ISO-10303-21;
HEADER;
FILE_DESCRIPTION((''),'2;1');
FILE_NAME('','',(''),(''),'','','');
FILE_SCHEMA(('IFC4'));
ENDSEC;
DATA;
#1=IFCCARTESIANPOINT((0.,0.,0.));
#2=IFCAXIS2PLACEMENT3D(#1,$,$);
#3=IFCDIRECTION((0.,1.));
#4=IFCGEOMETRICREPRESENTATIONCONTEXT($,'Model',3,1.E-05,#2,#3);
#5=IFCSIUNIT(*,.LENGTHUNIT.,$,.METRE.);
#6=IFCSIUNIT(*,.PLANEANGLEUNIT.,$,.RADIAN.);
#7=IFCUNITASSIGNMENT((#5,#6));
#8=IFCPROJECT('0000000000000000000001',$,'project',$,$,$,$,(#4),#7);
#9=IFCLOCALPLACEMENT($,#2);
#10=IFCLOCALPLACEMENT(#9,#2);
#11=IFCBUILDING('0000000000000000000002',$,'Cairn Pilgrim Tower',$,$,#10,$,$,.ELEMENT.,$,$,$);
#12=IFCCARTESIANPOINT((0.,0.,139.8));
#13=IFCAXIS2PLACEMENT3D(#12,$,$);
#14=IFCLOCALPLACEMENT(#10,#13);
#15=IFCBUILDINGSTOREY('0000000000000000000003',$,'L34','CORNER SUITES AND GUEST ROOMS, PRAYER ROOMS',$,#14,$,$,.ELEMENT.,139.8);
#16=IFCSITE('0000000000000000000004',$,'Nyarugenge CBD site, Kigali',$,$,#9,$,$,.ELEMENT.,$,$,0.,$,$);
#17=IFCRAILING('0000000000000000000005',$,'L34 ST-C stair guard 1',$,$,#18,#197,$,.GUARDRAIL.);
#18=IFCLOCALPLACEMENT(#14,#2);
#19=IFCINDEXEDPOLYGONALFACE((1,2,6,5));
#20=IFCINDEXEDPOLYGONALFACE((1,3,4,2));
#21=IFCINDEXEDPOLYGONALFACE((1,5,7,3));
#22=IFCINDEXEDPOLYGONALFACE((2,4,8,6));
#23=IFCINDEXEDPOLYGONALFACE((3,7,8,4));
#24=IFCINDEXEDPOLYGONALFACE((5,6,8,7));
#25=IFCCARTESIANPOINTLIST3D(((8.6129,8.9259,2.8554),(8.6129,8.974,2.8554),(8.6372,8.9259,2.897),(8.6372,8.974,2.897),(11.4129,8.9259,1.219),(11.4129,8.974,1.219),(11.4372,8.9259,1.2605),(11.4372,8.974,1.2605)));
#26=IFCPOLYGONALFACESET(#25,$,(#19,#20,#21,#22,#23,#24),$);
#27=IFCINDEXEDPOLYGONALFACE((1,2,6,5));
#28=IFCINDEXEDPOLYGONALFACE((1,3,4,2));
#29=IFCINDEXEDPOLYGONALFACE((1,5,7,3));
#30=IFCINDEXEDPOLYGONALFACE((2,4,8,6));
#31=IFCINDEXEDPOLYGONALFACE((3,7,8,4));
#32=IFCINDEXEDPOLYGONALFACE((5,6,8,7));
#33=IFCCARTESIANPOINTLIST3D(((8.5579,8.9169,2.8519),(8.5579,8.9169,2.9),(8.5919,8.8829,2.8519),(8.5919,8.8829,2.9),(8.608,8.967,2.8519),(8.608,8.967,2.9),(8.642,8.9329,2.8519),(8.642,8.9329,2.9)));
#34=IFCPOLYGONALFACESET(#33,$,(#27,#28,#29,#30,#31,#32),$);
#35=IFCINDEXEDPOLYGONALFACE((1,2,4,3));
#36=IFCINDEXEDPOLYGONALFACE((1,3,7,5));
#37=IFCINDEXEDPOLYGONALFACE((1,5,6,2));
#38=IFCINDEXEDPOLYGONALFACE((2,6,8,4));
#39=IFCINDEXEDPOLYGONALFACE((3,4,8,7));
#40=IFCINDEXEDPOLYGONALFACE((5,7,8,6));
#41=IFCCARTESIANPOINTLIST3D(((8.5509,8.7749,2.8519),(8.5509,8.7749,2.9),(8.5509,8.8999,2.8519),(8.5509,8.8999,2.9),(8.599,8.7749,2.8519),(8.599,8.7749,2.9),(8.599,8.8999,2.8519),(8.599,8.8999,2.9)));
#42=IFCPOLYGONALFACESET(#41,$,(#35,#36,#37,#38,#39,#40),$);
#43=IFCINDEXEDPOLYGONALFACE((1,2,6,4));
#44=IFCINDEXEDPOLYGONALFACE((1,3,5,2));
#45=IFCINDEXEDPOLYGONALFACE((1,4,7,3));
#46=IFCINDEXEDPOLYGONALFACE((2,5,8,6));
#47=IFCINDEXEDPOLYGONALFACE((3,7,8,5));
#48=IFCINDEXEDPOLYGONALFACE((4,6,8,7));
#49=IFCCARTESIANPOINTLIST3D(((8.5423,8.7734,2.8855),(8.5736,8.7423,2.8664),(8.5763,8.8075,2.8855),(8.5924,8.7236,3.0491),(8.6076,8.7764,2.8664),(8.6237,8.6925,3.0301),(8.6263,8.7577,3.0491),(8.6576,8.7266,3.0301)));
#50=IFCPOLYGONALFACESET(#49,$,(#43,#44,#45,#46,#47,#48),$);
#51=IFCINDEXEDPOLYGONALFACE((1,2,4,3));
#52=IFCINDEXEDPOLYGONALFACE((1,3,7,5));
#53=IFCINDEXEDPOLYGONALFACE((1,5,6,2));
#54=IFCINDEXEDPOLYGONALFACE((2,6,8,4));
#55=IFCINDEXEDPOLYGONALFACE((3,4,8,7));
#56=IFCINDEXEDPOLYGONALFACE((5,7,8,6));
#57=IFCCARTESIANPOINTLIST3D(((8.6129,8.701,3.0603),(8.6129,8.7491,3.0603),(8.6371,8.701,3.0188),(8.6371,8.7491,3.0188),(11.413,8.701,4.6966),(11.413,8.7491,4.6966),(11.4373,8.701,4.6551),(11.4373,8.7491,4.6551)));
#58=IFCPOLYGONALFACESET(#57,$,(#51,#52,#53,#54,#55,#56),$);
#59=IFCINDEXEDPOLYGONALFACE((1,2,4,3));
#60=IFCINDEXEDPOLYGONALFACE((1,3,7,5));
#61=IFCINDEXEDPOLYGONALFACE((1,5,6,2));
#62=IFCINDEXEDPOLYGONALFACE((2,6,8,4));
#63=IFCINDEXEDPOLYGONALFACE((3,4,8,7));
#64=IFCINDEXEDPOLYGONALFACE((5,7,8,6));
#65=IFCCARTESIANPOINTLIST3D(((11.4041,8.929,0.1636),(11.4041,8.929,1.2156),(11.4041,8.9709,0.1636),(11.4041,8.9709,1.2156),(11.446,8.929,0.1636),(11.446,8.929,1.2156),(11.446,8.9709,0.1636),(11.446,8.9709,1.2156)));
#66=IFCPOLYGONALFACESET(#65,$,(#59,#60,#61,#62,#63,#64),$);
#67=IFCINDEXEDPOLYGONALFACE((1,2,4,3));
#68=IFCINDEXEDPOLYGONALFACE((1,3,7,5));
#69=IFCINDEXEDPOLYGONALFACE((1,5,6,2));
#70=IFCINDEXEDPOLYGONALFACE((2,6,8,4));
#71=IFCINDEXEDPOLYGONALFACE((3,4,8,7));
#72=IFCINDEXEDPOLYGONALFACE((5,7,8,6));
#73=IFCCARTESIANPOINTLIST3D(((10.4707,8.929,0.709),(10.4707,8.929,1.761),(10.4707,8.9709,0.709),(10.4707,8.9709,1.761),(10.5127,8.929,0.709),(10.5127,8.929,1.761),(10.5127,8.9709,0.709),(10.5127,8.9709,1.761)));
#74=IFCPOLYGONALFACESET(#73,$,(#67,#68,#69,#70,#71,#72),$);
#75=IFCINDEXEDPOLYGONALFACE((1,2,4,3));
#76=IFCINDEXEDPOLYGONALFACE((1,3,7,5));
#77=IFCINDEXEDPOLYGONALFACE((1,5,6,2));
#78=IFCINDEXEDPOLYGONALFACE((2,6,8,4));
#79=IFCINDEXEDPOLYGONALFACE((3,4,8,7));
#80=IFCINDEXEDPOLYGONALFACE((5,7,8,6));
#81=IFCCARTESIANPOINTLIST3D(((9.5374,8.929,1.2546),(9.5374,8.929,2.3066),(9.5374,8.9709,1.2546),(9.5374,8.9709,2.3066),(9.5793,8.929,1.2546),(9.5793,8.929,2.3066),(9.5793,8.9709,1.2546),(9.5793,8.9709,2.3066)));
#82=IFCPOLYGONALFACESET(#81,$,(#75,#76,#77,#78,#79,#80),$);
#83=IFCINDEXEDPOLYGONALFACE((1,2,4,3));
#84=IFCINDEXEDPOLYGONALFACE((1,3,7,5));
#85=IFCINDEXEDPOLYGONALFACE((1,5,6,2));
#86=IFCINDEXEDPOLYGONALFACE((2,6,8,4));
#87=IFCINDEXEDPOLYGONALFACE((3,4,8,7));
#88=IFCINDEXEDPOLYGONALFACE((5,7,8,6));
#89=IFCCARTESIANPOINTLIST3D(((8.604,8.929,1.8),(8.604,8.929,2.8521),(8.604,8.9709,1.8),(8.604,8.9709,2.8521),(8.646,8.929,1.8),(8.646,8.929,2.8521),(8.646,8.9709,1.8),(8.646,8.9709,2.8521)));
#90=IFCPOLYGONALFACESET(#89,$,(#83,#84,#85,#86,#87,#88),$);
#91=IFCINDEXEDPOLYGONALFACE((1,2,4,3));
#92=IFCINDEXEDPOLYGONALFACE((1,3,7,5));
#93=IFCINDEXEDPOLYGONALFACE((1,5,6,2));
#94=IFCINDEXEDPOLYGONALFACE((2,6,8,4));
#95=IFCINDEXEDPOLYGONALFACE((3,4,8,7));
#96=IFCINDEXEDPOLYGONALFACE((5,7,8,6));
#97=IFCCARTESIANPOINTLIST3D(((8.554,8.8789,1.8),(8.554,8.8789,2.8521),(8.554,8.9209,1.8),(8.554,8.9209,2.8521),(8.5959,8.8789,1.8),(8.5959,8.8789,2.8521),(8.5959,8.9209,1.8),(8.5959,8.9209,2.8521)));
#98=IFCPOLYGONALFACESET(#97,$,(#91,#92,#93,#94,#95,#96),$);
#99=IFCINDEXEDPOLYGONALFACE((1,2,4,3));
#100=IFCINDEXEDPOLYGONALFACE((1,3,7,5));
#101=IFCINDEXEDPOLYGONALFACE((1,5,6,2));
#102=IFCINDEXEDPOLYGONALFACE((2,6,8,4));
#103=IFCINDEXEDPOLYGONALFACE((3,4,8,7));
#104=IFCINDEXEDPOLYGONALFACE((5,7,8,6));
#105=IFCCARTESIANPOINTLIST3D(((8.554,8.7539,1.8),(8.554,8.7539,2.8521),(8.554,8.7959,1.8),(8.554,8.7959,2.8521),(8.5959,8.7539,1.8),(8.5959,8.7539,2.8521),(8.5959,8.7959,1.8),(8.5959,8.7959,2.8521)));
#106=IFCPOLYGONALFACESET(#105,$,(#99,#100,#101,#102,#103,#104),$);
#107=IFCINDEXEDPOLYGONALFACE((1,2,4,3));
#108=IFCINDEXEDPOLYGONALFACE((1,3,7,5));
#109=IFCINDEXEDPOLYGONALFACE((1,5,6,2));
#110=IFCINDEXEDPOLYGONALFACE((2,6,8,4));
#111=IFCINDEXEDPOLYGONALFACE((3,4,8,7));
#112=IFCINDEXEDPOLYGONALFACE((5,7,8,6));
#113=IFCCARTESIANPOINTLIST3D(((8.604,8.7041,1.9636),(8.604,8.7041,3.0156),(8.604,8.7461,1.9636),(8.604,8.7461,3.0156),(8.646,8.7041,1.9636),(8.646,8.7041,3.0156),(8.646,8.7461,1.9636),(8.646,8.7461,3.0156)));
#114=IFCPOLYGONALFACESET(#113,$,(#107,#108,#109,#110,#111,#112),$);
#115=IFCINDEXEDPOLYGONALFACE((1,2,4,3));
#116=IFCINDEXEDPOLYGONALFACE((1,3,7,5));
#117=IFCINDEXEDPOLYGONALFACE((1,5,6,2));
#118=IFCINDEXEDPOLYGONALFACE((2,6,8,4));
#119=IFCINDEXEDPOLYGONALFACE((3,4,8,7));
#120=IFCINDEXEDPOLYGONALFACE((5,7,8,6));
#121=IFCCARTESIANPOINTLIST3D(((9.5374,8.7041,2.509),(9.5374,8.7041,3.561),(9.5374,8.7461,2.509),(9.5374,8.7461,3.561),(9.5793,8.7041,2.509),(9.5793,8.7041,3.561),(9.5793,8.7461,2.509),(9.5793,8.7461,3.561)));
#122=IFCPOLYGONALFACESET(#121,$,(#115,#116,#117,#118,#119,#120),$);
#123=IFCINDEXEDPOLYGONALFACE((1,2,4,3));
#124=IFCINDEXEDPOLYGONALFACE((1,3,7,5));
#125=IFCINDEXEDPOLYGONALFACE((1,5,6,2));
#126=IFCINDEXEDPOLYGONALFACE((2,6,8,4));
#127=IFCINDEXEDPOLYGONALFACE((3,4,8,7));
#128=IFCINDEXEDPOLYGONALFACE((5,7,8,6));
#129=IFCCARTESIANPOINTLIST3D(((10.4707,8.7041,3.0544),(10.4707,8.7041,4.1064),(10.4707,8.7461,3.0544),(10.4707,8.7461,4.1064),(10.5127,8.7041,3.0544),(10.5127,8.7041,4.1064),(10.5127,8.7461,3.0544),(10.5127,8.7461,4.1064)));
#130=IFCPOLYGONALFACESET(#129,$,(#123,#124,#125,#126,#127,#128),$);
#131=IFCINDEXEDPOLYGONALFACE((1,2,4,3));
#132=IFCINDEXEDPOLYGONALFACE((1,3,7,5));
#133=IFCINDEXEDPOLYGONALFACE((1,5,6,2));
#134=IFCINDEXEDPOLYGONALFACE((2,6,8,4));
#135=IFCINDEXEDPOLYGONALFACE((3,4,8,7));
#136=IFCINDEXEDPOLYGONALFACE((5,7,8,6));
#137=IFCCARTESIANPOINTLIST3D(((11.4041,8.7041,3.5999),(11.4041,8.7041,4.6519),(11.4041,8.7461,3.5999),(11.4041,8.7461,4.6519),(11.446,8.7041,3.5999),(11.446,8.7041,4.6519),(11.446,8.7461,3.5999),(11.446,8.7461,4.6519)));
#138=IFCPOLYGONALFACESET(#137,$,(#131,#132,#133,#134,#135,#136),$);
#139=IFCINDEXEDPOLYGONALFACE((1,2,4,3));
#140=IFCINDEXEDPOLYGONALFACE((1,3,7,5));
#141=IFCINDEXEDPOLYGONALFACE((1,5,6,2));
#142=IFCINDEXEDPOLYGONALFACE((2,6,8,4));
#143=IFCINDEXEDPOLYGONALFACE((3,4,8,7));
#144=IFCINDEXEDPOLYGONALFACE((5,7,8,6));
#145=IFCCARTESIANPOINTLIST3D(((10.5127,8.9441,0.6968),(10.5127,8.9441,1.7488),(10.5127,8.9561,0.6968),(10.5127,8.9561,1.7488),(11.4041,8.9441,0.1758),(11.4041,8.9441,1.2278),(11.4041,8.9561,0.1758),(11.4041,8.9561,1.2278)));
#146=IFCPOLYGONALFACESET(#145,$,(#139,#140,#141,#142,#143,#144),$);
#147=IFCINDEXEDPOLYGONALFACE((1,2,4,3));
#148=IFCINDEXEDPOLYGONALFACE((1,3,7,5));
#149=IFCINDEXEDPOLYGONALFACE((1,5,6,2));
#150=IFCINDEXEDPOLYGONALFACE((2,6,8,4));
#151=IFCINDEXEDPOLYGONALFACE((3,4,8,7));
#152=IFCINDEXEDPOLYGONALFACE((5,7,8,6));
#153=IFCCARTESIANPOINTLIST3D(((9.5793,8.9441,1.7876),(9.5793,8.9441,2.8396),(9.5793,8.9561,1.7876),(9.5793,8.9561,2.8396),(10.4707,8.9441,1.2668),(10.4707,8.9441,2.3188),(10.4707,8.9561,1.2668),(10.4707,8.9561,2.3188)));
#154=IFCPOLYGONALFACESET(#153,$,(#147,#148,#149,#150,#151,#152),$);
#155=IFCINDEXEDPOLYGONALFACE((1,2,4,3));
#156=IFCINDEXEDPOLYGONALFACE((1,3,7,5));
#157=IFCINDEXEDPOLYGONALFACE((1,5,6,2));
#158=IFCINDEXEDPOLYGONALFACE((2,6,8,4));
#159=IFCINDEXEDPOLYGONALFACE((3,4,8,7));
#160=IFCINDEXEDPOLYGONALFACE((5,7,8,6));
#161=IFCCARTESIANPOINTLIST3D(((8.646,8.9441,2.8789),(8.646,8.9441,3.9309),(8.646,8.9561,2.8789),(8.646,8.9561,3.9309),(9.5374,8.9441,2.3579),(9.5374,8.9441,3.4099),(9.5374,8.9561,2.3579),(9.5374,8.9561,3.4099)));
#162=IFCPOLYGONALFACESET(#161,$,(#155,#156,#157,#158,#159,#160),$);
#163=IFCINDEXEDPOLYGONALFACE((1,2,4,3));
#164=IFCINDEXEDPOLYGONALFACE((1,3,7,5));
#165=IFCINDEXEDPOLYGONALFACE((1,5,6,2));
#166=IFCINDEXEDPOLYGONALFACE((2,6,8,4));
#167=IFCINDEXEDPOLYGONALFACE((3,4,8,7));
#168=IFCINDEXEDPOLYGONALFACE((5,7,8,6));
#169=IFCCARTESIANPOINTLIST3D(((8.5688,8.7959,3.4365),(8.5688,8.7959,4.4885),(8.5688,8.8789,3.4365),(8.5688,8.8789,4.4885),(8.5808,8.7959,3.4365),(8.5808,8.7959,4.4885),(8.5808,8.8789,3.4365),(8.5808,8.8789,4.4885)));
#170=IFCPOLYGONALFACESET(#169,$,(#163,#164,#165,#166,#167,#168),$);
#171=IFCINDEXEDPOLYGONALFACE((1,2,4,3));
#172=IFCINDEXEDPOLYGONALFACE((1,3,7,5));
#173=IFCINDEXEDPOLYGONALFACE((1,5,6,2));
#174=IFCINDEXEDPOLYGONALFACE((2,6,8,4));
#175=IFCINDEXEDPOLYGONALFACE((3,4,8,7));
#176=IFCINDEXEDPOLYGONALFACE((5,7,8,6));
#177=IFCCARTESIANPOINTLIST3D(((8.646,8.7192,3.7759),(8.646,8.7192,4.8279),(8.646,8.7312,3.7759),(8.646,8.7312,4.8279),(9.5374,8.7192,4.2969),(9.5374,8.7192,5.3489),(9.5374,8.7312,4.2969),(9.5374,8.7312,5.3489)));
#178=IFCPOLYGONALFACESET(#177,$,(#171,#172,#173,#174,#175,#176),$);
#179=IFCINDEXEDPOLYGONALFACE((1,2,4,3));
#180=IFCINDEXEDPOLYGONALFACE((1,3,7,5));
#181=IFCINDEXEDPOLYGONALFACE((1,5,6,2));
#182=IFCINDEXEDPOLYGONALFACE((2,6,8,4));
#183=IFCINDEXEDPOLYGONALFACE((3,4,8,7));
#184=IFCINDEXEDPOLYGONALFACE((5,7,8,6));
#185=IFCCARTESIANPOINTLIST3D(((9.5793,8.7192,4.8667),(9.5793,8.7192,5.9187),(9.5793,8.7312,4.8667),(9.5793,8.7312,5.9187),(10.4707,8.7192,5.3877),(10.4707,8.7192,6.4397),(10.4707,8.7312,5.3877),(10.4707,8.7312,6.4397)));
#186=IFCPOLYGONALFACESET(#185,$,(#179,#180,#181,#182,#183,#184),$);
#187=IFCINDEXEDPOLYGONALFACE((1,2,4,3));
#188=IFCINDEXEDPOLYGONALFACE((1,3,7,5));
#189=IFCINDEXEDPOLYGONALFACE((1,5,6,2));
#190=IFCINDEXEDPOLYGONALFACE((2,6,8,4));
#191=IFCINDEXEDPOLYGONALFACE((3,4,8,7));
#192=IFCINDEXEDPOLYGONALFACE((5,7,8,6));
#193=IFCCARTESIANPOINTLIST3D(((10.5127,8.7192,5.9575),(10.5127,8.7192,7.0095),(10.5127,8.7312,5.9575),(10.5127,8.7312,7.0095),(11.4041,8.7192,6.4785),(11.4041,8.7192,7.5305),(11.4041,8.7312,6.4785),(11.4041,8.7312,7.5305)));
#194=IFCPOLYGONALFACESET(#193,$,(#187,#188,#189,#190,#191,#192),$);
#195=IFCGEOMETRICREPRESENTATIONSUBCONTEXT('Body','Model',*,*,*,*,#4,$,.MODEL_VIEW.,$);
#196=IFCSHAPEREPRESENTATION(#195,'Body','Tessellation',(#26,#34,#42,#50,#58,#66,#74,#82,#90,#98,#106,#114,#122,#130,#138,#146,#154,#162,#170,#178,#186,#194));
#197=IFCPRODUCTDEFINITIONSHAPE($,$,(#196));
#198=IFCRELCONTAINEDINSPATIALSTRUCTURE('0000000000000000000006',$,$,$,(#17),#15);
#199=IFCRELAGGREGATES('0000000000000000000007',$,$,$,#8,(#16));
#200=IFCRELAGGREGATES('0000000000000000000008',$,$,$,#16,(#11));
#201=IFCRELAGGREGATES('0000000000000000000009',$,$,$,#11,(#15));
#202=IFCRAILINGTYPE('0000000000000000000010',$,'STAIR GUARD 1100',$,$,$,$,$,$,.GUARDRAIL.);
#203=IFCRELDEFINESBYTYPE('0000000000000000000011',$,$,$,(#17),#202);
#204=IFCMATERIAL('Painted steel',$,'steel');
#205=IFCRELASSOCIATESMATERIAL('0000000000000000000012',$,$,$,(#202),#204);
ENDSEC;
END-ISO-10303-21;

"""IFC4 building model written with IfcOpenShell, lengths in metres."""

from ifc_helpers import new_model, si_unit, direction, frame, origin, origin_2d, place, context, subcontext, project, spatial, polyline, rectangle, outline, extrude, material, type_object, element, save


model = new_model("IFC4")

# Units and contexts
model_context = context("Model", 3, precision=1e-05, world=origin(), true_north=direction((0.0, 1.0)))
body_context = subcontext(model_context, "Body", "Model", "MODEL_VIEW")
ifc_project = project(units=[si_unit("LENGTHUNIT", "METRE"), si_unit("PLANEANGLEUNIT", "RADIAN")], contexts=[model_context])

# Site, building, storey
site_placement = place(None, origin())
site = spatial("IfcSite", under=ifc_project, at=site_placement, Name="Nyarugenge CBD site, Kigali", CompositionType="ELEMENT", RefElevation=0.0)
building_placement = place(site_placement, origin())
building = spatial("IfcBuilding", under=site, at=building_placement, Name="Cairn Pilgrim Tower", CompositionType="ELEMENT")
storey_placement = place(building_placement, frame((0.0, 0.0, 139.8)))
storey = spatial("IfcBuildingStorey", under=building, at=storey_placement, Name="L34", Description="CORNER SUITES AND GUEST ROOMS, PRAYER ROOMS", CompositionType="ELEMENT", Elevation=139.8)

# Shared definitions
ifc_material_1 = material(Name="Painted steel", Category="steel")

# Railing
railing_type_1 = type_object("IfcRailingType", Name="STAIR GUARD 1100", PredefinedType="GUARDRAIL", material=ifc_material_1)
railing_1_placement = place(storey_placement, frame((11.425, 8.95, 0.1636)))
element("IfcRailing", 1, at=railing_1_placement, inside=storey, type_object=railing_type_1, Name="L34 ST-C stair guard 1", PredefinedType="GUARDRAIL", context=body_context, shape_type="SweptSolid", body=[
    extrude(rectangle(XDim=0.0481, YDim=0.0481, at=origin_2d()), frame((0.0, 0.0, 1.0762), z_axis=(-0.863361, 0.0, 0.504587), x_axis=(0.0, -1.0, 0.0)), (0.0, 0.0, 1.0), 3.2432),
    extrude(rectangle(XDim=0.0481, YDim=0.0481, at=origin_2d()), frame((-2.8, 0.0, 2.7124), z_axis=(-0.707107, -0.707107, 0.0), x_axis=(0.707107, -0.707107, 0.0)), (0.0, 0.0, 1.0), 0.0708),
    extrude(rectangle(XDim=0.0481, YDim=0.0481, at=origin_2d()), frame((-2.8501, -0.05, 2.7124), z_axis=(0.0, -1.0, 0.0), x_axis=(1.0, 0.0, 0.0)), (0.0, 0.0, 1.0), 0.125),
    extrude(rectangle(XDim=0.0481, YDim=0.0481, at=origin_2d()), frame((-2.8501, -0.175, 2.7124), z_axis=(0.280917, -0.279546, 0.918118), x_axis=(0.705376, 0.708834, 0.0)), (0.0, 0.0, 1.0), 0.1782),
    extrude(rectangle(XDim=0.0481, YDim=0.0481, at=origin_2d()), frame((-2.8, -0.2249, 2.876), z_axis=(0.863394, 0.0, 0.504531), x_axis=(0.0, 1.0, 0.0)), (0.0, 0.0, 1.0), 3.2432),
    extrude(rectangle(XDim=0.042, YDim=0.042, at=origin_2d()), origin(), (0.0, 0.0, 1.0), 1.052),
    extrude(rectangle(XDim=0.042, YDim=0.042, at=origin_2d()), frame((-0.9333, 0.0, 0.5454)), (0.0, 0.0, 1.0), 1.052),
    extrude(rectangle(XDim=0.042, YDim=0.042, at=origin_2d()), frame((-1.8667, 0.0, 1.0911)), (0.0, 0.0, 1.0), 1.052),
    extrude(rectangle(XDim=0.042, YDim=0.042, at=origin_2d()), frame((-2.8, 0.0, 1.6365)), (0.0, 0.0, 1.0), 1.052),
    extrude(rectangle(XDim=0.042, YDim=0.042, at=origin_2d()), frame((-2.8501, -0.05, 1.6365)), (0.0, 0.0, 1.0), 1.052),
    extrude(rectangle(XDim=0.042, YDim=0.042, at=origin_2d()), frame((-2.8501, -0.175, 1.6365)), (0.0, 0.0, 1.0), 1.052),
    extrude(rectangle(XDim=0.042, YDim=0.042, at=origin_2d()), frame((-2.8, -0.2249, 1.8)), (0.0, 0.0, 1.0), 1.052),
    extrude(rectangle(XDim=0.042, YDim=0.042, at=origin_2d()), frame((-1.8667, -0.2249, 2.3455)), (0.0, 0.0, 1.0), 1.052),
    extrude(rectangle(XDim=0.042, YDim=0.042, at=origin_2d()), frame((-0.9333, -0.2249, 2.8909)), (0.0, 0.0, 1.0), 1.052),
    extrude(rectangle(XDim=0.042, YDim=0.042, at=origin_2d()), frame((0.0, -0.2249, 3.4363)), (0.0, 0.0, 1.0), 1.052),
    extrude(outline(polyline([(0.021, 0.0122), (0.9124, 0.5332), (0.9124, 1.5852), (0.021, 1.0642), (0.021, 0.0122)])), frame((0.0, -0.0059, 0.0), z_axis=(0.0, 1.0, 0.0), x_axis=(-1.0, 0.0, 0.0)), (0.0, 0.0, 1.0), 0.012),
    extrude(outline(polyline([(0.021, 0.5579), (0.9124, 1.0786), (0.9124, 2.1306), (0.021, 1.6099), (0.021, 0.5579)])), frame((-0.9333, -0.0059, 0.5454), z_axis=(0.0, 1.0, 0.0), x_axis=(-1.0, 0.0, 0.0)), (0.0, 0.0, 1.0), 0.012),
    extrude(outline(polyline([(0.021, 1.1033), (0.9124, 1.6243), (0.9124, 2.6763), (0.021, 2.1553), (0.021, 1.1033)])), frame((-1.8667, -0.0059, 1.0911), z_axis=(0.0, 1.0, 0.0), x_axis=(-1.0, 0.0, 0.0)), (0.0, 0.0, 1.0), 0.012),
    extrude(outline(polyline([(0.021, 1.6365), (0.104, 1.6365), (0.104, 2.6885), (0.021, 2.6885), (0.021, 1.6365)])), frame((-2.8442, -0.05, 1.6365), z_axis=(-1.0, 0.0, 0.0), x_axis=(0.0, -1.0, 0.0)), (0.0, 0.0, 1.0), 0.012),
    extrude(outline(polyline([(0.021, 1.8123), (0.9124, 2.3333), (0.9124, 3.3853), (0.021, 2.8643), (0.021, 1.8123)])), frame((-2.8, -0.2188, 1.8), z_axis=(0.0, -1.0, 0.0), x_axis=(1.0, 0.0, 0.0)), (0.0, 0.0, 1.0), 0.012),
    extrude(outline(polyline([(0.021, 2.3577), (0.9124, 2.8787), (0.9124, 3.9307), (0.021, 3.4097), (0.021, 2.3577)])), frame((-1.8667, -0.2188, 2.3455), z_axis=(0.0, -1.0, 0.0), x_axis=(1.0, 0.0, 0.0)), (0.0, 0.0, 1.0), 0.012),
    extrude(outline(polyline([(0.021, 2.9031), (0.9124, 3.4241), (0.9124, 4.4761), (0.021, 3.9551), (0.021, 2.9031)])), frame((-0.9333, -0.2188, 2.8909), z_axis=(0.0, -1.0, 0.0), x_axis=(1.0, 0.0, 0.0)), (0.0, 0.0, 1.0), 0.012),
])

save(model, "model.ifc")
